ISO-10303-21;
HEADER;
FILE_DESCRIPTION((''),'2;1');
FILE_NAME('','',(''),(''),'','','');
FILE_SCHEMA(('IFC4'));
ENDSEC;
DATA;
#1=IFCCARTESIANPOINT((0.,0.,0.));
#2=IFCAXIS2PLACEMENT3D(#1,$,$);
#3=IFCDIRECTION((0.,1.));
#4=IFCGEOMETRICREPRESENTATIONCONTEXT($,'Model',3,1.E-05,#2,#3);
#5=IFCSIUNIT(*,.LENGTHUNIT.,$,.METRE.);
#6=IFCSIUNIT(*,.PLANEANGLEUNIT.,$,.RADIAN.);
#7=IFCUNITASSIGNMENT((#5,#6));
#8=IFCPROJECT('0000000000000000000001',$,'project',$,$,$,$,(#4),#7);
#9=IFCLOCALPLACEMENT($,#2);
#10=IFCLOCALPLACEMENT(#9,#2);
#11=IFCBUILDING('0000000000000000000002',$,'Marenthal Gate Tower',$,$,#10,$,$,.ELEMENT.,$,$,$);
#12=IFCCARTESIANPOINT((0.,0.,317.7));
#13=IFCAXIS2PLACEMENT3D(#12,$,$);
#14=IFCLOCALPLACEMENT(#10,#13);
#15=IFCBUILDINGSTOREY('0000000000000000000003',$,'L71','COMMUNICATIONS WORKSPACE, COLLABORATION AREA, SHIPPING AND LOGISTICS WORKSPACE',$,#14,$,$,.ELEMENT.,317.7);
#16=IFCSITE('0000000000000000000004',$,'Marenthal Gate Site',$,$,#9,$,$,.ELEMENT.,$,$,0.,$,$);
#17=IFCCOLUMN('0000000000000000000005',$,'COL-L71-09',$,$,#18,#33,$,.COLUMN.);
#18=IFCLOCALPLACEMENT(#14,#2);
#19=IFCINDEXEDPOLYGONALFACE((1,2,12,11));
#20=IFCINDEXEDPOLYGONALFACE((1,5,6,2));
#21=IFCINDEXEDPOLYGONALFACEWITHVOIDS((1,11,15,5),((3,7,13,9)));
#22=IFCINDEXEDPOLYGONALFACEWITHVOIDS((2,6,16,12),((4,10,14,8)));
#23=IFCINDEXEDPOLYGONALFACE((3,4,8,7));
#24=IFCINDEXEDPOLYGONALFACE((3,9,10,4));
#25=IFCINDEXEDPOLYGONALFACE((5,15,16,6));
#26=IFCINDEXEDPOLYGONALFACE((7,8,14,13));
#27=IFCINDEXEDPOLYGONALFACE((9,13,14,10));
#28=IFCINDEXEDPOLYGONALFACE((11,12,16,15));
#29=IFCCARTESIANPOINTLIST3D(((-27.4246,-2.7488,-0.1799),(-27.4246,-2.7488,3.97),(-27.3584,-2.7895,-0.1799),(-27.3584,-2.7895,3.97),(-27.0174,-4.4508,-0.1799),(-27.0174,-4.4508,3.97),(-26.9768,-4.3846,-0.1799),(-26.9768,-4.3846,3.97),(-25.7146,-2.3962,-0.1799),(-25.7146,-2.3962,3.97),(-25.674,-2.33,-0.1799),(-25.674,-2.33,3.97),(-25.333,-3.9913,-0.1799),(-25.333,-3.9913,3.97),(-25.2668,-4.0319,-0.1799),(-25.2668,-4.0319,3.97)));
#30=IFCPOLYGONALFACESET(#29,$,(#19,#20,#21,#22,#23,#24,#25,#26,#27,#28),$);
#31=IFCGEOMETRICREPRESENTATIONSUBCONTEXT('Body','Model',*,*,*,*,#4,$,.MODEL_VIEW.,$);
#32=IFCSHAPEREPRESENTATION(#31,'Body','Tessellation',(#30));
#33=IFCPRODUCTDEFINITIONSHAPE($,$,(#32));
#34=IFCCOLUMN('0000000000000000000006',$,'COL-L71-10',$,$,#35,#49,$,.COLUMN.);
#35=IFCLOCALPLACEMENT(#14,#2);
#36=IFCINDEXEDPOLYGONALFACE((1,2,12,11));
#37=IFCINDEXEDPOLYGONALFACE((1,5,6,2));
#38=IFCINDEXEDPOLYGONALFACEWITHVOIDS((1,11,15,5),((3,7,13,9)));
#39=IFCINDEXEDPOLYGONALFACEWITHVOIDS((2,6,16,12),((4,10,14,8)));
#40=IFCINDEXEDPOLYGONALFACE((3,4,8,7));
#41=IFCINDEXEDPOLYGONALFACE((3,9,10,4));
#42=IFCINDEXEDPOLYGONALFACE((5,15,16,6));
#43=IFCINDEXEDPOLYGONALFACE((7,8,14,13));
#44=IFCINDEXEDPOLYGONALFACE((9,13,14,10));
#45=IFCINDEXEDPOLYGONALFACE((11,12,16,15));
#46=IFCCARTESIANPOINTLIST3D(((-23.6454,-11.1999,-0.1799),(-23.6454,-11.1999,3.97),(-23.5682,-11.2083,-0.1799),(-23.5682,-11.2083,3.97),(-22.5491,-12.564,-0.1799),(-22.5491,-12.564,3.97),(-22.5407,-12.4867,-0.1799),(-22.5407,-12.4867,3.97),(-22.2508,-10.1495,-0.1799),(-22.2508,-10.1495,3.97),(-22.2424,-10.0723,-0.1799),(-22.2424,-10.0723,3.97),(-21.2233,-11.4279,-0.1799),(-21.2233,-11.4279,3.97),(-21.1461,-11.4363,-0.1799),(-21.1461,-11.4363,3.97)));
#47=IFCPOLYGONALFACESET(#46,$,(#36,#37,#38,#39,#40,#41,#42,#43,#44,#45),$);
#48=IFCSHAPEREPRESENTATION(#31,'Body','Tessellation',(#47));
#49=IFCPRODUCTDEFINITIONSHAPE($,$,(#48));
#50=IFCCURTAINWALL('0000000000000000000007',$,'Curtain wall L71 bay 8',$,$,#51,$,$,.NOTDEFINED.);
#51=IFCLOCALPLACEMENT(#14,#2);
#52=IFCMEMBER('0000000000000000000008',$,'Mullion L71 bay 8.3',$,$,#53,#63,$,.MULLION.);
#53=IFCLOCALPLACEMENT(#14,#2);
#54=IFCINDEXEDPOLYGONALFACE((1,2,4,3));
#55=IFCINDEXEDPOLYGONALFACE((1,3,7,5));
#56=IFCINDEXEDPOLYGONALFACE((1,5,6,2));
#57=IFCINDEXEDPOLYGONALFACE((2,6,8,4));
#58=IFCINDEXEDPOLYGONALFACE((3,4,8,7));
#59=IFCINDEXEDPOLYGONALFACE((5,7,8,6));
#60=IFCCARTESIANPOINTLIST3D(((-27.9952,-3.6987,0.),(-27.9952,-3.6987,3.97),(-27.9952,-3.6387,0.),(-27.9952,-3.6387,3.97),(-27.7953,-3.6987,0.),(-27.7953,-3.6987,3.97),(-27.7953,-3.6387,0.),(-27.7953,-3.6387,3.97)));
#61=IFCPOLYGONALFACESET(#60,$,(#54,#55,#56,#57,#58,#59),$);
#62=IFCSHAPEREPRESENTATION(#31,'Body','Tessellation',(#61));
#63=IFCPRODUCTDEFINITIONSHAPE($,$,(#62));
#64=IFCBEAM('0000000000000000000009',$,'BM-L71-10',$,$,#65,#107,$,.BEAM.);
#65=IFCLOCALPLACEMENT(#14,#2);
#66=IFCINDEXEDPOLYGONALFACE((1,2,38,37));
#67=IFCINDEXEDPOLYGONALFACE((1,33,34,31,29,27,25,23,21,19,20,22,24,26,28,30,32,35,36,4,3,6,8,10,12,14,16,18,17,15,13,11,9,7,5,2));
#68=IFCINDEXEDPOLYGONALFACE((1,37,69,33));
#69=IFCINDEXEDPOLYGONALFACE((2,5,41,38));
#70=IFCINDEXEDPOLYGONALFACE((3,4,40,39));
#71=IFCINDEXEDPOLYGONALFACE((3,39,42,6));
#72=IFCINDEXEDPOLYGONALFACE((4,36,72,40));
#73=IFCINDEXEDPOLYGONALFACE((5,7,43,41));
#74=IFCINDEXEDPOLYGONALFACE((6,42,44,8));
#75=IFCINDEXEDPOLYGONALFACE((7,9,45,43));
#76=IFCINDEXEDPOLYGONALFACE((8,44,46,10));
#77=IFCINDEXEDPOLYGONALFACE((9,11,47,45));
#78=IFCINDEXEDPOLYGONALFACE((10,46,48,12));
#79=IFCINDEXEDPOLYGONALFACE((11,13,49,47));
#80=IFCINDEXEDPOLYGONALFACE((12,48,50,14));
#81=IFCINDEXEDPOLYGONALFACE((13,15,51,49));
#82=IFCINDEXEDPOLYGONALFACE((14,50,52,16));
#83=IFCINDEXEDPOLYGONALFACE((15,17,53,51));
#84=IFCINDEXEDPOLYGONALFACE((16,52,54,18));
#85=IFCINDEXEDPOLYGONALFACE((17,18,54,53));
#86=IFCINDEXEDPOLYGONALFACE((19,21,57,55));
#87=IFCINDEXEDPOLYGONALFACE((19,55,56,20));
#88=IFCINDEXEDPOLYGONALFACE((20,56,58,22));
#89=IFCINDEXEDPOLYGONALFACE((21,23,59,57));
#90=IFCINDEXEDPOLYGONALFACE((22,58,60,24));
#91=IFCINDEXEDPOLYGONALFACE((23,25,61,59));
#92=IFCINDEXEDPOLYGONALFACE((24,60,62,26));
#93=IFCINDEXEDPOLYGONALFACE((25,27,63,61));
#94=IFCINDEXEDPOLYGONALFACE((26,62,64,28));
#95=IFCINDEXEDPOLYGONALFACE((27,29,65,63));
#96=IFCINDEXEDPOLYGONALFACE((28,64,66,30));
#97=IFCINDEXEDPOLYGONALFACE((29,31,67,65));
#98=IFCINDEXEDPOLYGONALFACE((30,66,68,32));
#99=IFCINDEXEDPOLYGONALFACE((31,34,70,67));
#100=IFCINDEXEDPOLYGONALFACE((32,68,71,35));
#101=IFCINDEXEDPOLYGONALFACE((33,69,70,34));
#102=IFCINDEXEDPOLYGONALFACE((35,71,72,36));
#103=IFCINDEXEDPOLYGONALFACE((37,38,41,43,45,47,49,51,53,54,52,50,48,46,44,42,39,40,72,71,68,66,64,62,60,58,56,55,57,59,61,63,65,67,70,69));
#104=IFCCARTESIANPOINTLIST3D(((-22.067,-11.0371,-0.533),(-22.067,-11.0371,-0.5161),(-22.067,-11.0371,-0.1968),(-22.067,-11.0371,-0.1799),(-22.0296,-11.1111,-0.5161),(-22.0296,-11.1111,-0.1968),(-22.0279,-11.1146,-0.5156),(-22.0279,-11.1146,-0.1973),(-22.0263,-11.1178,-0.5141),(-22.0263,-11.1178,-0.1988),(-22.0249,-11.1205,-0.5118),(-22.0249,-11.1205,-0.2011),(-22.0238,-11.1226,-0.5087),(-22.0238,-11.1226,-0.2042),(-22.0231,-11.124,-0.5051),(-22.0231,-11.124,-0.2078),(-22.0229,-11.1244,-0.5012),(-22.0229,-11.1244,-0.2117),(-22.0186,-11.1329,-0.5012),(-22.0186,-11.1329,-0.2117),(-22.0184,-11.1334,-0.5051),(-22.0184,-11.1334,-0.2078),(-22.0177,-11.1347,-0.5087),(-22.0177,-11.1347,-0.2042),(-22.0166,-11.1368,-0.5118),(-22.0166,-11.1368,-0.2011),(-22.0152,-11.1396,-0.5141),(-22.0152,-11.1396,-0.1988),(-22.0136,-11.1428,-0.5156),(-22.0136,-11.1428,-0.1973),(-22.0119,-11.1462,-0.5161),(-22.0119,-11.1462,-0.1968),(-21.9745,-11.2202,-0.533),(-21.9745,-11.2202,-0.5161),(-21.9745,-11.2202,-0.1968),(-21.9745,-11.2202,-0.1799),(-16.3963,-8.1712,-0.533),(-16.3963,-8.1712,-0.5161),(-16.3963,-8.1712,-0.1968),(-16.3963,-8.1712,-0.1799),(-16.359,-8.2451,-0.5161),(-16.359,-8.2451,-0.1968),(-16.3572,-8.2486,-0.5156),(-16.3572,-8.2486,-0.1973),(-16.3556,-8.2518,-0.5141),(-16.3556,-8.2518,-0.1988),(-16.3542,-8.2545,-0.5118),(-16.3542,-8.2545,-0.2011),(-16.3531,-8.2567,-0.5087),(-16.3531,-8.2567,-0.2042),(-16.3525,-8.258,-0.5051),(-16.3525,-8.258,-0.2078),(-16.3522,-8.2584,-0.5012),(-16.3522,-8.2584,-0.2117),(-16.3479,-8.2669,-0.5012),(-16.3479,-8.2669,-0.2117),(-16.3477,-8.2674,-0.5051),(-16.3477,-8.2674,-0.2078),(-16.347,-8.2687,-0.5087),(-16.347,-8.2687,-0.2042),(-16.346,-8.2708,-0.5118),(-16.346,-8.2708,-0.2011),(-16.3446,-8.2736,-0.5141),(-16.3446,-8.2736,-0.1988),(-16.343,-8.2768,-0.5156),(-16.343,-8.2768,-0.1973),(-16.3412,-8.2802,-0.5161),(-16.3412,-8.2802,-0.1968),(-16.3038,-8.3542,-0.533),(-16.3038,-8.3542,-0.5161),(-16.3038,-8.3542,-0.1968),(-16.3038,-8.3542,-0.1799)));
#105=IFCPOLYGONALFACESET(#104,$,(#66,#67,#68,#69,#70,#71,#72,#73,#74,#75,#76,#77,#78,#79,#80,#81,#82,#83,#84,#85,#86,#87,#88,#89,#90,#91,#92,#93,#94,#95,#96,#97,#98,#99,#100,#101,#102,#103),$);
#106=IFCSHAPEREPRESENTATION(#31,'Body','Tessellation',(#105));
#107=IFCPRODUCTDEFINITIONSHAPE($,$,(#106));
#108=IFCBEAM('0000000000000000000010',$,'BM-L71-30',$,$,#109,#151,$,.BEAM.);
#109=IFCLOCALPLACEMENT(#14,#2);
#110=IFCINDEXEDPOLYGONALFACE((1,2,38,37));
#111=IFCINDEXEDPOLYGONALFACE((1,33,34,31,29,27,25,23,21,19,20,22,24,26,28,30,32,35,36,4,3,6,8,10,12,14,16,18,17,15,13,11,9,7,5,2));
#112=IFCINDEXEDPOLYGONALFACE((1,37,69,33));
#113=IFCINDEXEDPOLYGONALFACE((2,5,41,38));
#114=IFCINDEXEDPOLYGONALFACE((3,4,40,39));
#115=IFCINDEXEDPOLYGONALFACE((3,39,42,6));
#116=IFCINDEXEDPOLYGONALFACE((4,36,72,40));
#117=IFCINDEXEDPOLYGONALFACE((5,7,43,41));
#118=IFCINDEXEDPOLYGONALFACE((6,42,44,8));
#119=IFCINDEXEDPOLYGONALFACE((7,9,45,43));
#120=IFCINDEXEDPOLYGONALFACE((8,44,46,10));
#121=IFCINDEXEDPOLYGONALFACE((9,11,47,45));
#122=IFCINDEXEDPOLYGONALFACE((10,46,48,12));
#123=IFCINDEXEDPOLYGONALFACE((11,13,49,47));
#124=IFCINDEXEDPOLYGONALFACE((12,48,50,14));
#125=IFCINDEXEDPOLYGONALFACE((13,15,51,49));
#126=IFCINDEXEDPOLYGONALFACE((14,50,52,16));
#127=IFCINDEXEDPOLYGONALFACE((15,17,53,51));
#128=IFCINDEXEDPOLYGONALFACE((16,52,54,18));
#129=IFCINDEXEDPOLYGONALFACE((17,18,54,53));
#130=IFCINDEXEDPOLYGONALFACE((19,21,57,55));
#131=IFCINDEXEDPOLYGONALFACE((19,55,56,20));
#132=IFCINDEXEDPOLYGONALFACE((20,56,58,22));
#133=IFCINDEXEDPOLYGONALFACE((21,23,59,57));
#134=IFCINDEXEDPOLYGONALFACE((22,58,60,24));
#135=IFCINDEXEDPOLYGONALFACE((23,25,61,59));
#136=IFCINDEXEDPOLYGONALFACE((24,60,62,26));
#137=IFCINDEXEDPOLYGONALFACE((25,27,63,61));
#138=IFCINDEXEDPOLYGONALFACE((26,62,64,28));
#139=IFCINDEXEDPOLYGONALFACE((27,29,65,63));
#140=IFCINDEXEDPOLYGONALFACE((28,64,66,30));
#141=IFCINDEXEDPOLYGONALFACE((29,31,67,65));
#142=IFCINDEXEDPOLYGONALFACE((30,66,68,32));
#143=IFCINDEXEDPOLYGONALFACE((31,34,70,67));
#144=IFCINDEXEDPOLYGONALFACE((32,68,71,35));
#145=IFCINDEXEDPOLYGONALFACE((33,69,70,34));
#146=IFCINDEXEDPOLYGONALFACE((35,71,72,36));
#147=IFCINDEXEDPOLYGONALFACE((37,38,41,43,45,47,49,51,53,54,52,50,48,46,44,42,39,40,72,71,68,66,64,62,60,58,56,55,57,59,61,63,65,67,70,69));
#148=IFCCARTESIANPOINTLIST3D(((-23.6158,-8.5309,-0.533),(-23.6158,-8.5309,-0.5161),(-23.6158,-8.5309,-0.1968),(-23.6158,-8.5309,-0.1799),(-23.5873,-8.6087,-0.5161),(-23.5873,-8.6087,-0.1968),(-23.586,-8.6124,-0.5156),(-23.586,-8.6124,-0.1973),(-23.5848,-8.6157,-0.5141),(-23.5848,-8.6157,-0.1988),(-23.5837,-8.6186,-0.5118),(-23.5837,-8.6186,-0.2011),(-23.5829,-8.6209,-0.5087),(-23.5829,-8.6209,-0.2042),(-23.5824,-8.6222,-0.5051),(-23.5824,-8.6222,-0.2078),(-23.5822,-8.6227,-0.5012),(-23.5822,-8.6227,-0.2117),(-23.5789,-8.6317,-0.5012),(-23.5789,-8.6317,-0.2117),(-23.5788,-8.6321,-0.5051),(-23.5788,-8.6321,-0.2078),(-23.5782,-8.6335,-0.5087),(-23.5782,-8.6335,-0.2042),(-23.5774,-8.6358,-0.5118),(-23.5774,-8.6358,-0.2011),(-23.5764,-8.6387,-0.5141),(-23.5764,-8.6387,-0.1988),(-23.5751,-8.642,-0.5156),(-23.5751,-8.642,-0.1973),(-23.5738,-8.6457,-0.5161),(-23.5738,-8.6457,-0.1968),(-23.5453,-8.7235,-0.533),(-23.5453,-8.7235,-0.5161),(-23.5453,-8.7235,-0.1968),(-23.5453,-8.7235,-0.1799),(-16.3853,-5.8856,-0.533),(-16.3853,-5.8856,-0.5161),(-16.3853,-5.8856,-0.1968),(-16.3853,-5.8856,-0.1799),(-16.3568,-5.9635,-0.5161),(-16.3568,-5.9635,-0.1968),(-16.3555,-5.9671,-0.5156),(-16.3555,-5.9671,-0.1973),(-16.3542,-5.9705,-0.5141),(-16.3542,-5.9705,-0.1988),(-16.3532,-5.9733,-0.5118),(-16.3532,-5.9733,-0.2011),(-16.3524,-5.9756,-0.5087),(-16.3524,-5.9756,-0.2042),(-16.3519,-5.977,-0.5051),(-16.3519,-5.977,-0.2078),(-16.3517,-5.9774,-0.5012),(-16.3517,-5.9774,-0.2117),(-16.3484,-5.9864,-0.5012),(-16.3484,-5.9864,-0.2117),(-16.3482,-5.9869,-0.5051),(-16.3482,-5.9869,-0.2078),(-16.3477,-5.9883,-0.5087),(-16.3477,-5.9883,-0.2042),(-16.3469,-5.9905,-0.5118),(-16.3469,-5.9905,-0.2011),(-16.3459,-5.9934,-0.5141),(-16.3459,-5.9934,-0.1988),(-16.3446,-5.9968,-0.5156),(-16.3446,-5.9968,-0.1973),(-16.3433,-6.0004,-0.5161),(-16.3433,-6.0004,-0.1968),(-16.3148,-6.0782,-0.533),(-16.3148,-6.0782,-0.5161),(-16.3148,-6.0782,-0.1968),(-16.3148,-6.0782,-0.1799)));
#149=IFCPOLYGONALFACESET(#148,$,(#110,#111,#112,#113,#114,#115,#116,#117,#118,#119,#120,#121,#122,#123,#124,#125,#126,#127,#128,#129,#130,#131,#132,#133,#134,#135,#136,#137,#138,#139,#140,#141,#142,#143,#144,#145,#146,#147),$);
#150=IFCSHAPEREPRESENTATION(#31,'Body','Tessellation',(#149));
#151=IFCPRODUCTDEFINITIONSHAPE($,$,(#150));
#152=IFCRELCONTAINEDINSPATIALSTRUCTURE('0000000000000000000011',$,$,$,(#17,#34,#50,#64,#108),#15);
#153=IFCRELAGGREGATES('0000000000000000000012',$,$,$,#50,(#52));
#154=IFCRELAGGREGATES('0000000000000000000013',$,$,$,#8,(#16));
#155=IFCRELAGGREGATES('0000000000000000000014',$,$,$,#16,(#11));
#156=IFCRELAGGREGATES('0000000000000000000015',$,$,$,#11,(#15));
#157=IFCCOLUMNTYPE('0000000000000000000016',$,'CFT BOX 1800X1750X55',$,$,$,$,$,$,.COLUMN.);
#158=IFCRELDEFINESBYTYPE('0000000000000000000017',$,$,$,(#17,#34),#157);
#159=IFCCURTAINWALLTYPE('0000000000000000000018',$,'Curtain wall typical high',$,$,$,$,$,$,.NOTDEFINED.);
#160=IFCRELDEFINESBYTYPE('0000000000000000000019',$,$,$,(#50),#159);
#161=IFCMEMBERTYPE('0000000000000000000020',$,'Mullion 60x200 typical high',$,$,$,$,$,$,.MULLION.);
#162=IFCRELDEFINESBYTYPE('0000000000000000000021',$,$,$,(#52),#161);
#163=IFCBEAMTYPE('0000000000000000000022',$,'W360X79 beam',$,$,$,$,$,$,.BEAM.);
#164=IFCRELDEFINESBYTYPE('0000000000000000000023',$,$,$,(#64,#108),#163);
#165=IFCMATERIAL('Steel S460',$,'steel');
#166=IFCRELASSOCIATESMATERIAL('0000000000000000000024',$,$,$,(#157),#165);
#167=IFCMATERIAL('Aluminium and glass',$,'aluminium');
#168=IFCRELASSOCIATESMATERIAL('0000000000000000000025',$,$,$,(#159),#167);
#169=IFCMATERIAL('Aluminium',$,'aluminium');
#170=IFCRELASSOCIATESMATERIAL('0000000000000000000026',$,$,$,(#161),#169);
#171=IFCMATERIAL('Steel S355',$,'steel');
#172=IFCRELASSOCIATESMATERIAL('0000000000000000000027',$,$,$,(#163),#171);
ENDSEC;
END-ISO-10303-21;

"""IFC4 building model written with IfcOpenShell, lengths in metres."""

from ifc_helpers import new_model, si_unit, direction, frame, origin, origin_2d, place, context, subcontext, project, spatial, rectangle, hollow_rectangle, i_section, extrude, material, material_profile, profile_set, type_object, element, aggregate, save


model = new_model("IFC4")

# Units and contexts
model_context = context("Model", 3, precision=1e-05, world=origin(), true_north=direction((0.0, 1.0)))
body_context = subcontext(model_context, "Body", "Model", "MODEL_VIEW")
ifc_project = project(units=[si_unit("LENGTHUNIT", "METRE"), si_unit("PLANEANGLEUNIT", "RADIAN")], contexts=[model_context])

# Site, building, storey
site_placement = place(None, origin())
site = spatial("IfcSite", under=ifc_project, at=site_placement, Name="Marenthal Gate Site", CompositionType="ELEMENT", RefElevation=0.0)
building_placement = place(site_placement, origin())
building = spatial("IfcBuilding", under=site, at=building_placement, Name="Marenthal Gate Tower", CompositionType="ELEMENT")
storey_placement = place(building_placement, frame((0.0, 0.0, 317.7)))
storey = spatial("IfcBuildingStorey", under=building, at=storey_placement, Name="L71", Description="COMMUNICATIONS WORKSPACE, COLLABORATION AREA, SHIPPING AND LOGISTICS WORKSPACE", CompositionType="ELEMENT", Elevation=317.7)

# Columns
ifc_material_1 = material(Name="Steel S460", Category="steel")
ifc_material_profile_1 = material_profile(ifc_material_1, hollow_rectangle(XDim=1.75, YDim=1.8, WallThickness=0.0549, at=origin_2d()), Name="CFT BOX 1800X1750X55")
ifc_material_2 = material(Name="Concrete 70 MPa", Category="concrete")
ifc_material_profile_2 = material_profile(ifc_material_2, rectangle(XDim=1.6399, YDim=1.6899, at=origin_2d()), Name="CFT BOX 1800X1750X55 INFILL")
ifc_profile_set_1 = profile_set([ifc_material_profile_1, ifc_material_profile_2], Name="Steel S460 shell, Concrete 70 MPa infill")
column_type = type_object("IfcColumnType", Name="CFT BOX 1800X1750X55", PredefinedType="COLUMN", material=ifc_profile_set_1)
for number, where, z_axis, x_axis, name in (
    (1, (-26.3457, -3.3904, -0.1799), (0.0, 0.0, 1.0), (-0.232702, 0.972548, 0.0), "COL-L71-09"),
    (2, (-22.3958, -11.3181, -0.1799), (0.0, 0.0, 1.0), (-0.626475, 0.779442, 0.0), "COL-L71-10"),
):
    element("IfcColumn", number, at=place(storey_placement, frame(where, z_axis=z_axis, x_axis=x_axis)), inside=storey, type_object=column_type, Name=name, PredefinedType="COLUMN", context=body_context, shape_type="SweptSolid", body=[
        extrude(hollow_rectangle(XDim=1.75, YDim=1.8, WallThickness=0.0549, at=origin_2d()), origin(), (0.0, 0.0, 1.0), 4.1499),
    ])

# Curtain wall, member
ifc_material_3 = material(Name="Aluminium and glass", Category="aluminium")
curtain_wall_type = type_object("IfcCurtainWallType", Name="Curtain wall typical high", PredefinedType="NOTDEFINED", material=ifc_material_3)
curtain_wall_placement = place(storey_placement, origin())
curtain_wall = element("IfcCurtainWall", 3, at=curtain_wall_placement, inside=storey, type_object=curtain_wall_type, Name="Curtain wall L71 bay 8", PredefinedType="NOTDEFINED")
ifc_material_4 = material(Name="Aluminium", Category="aluminium")
ifc_material_profile_3 = material_profile(ifc_material_4, rectangle(XDim=0.2, YDim=0.0601, at=origin_2d()), Name="60x200 aluminium mullion")
ifc_profile_set_2 = profile_set([ifc_material_profile_3], Name="Aluminium")
member_type = type_object("IfcMemberType", Name="Mullion 60x200 typical high", PredefinedType="MULLION", material=ifc_profile_set_2)
member_placement = place(storey_placement, frame((-27.8953, -3.6687, 0.0), z_axis=(0.0, 0.0, 1.0), x_axis=(1.0, 0.0, 0.0)))
member = element("IfcMember", 4, at=member_placement, type_object=member_type, Name="Mullion L71 bay 8.3", PredefinedType="MULLION", context=body_context, shape_type="SweptSolid", body=[
    extrude(rectangle(XDim=0.2, YDim=0.0601, at=origin_2d()), origin(), (0.0, 0.0, 1.0), 3.97),
])

# Beams
ifc_material_5 = material(Name="Steel S355", Category="steel")
ifc_material_profile_4 = material_profile(ifc_material_5, i_section(OverallWidth=0.2051, OverallDepth=0.353, WebThickness=0.0095, FlangeThickness=0.0168, FilletRadius=0.0149, at=origin_2d()), Name="W360X79")
ifc_profile_set_3 = profile_set([ifc_material_profile_4], Name="Steel S355")
beam_type_1 = type_object("IfcBeamType", Name="W360X79 beam", PredefinedType="BEAM", material=ifc_profile_set_3)
beam_1_placement = place(storey_placement, frame((-22.0208, -11.1287, -0.3564), z_axis=(0.89249, 0.451067, 0.0), x_axis=(-0.451067, 0.89249, 0.0)))
element("IfcBeam", 5, at=beam_1_placement, inside=storey, type_object=beam_type_1, Name="BM-L71-10", PredefinedType="BEAM", context=body_context, shape_type="SweptSolid", body=[
    extrude(i_section(OverallWidth=0.2051, OverallDepth=0.353, WebThickness=0.0095, FlangeThickness=0.0168, FilletRadius=0.0149, at=origin_2d()), origin(), (0.0, 0.0, 1.0), 6.3538),
])
beam_2_placement = place(storey_placement, frame((-23.5806, -8.6272, -0.3564), z_axis=(0.939124, 0.343578, 0.0), x_axis=(-0.343578, 0.939124, 0.0)))
element("IfcBeam", 6, at=beam_2_placement, inside=storey, type_object=beam_type_1, Name="BM-L71-30", PredefinedType="BEAM", context=body_context, shape_type="SweptSolid", body=[
    extrude(i_section(OverallWidth=0.2051, OverallDepth=0.353, WebThickness=0.0095, FlangeThickness=0.0168, FilletRadius=0.0149, at=origin_2d()), origin(), (0.0, 0.0, 1.0), 7.6992),
])

aggregate(curtain_wall, [member])

save(model, "model.ifc")
